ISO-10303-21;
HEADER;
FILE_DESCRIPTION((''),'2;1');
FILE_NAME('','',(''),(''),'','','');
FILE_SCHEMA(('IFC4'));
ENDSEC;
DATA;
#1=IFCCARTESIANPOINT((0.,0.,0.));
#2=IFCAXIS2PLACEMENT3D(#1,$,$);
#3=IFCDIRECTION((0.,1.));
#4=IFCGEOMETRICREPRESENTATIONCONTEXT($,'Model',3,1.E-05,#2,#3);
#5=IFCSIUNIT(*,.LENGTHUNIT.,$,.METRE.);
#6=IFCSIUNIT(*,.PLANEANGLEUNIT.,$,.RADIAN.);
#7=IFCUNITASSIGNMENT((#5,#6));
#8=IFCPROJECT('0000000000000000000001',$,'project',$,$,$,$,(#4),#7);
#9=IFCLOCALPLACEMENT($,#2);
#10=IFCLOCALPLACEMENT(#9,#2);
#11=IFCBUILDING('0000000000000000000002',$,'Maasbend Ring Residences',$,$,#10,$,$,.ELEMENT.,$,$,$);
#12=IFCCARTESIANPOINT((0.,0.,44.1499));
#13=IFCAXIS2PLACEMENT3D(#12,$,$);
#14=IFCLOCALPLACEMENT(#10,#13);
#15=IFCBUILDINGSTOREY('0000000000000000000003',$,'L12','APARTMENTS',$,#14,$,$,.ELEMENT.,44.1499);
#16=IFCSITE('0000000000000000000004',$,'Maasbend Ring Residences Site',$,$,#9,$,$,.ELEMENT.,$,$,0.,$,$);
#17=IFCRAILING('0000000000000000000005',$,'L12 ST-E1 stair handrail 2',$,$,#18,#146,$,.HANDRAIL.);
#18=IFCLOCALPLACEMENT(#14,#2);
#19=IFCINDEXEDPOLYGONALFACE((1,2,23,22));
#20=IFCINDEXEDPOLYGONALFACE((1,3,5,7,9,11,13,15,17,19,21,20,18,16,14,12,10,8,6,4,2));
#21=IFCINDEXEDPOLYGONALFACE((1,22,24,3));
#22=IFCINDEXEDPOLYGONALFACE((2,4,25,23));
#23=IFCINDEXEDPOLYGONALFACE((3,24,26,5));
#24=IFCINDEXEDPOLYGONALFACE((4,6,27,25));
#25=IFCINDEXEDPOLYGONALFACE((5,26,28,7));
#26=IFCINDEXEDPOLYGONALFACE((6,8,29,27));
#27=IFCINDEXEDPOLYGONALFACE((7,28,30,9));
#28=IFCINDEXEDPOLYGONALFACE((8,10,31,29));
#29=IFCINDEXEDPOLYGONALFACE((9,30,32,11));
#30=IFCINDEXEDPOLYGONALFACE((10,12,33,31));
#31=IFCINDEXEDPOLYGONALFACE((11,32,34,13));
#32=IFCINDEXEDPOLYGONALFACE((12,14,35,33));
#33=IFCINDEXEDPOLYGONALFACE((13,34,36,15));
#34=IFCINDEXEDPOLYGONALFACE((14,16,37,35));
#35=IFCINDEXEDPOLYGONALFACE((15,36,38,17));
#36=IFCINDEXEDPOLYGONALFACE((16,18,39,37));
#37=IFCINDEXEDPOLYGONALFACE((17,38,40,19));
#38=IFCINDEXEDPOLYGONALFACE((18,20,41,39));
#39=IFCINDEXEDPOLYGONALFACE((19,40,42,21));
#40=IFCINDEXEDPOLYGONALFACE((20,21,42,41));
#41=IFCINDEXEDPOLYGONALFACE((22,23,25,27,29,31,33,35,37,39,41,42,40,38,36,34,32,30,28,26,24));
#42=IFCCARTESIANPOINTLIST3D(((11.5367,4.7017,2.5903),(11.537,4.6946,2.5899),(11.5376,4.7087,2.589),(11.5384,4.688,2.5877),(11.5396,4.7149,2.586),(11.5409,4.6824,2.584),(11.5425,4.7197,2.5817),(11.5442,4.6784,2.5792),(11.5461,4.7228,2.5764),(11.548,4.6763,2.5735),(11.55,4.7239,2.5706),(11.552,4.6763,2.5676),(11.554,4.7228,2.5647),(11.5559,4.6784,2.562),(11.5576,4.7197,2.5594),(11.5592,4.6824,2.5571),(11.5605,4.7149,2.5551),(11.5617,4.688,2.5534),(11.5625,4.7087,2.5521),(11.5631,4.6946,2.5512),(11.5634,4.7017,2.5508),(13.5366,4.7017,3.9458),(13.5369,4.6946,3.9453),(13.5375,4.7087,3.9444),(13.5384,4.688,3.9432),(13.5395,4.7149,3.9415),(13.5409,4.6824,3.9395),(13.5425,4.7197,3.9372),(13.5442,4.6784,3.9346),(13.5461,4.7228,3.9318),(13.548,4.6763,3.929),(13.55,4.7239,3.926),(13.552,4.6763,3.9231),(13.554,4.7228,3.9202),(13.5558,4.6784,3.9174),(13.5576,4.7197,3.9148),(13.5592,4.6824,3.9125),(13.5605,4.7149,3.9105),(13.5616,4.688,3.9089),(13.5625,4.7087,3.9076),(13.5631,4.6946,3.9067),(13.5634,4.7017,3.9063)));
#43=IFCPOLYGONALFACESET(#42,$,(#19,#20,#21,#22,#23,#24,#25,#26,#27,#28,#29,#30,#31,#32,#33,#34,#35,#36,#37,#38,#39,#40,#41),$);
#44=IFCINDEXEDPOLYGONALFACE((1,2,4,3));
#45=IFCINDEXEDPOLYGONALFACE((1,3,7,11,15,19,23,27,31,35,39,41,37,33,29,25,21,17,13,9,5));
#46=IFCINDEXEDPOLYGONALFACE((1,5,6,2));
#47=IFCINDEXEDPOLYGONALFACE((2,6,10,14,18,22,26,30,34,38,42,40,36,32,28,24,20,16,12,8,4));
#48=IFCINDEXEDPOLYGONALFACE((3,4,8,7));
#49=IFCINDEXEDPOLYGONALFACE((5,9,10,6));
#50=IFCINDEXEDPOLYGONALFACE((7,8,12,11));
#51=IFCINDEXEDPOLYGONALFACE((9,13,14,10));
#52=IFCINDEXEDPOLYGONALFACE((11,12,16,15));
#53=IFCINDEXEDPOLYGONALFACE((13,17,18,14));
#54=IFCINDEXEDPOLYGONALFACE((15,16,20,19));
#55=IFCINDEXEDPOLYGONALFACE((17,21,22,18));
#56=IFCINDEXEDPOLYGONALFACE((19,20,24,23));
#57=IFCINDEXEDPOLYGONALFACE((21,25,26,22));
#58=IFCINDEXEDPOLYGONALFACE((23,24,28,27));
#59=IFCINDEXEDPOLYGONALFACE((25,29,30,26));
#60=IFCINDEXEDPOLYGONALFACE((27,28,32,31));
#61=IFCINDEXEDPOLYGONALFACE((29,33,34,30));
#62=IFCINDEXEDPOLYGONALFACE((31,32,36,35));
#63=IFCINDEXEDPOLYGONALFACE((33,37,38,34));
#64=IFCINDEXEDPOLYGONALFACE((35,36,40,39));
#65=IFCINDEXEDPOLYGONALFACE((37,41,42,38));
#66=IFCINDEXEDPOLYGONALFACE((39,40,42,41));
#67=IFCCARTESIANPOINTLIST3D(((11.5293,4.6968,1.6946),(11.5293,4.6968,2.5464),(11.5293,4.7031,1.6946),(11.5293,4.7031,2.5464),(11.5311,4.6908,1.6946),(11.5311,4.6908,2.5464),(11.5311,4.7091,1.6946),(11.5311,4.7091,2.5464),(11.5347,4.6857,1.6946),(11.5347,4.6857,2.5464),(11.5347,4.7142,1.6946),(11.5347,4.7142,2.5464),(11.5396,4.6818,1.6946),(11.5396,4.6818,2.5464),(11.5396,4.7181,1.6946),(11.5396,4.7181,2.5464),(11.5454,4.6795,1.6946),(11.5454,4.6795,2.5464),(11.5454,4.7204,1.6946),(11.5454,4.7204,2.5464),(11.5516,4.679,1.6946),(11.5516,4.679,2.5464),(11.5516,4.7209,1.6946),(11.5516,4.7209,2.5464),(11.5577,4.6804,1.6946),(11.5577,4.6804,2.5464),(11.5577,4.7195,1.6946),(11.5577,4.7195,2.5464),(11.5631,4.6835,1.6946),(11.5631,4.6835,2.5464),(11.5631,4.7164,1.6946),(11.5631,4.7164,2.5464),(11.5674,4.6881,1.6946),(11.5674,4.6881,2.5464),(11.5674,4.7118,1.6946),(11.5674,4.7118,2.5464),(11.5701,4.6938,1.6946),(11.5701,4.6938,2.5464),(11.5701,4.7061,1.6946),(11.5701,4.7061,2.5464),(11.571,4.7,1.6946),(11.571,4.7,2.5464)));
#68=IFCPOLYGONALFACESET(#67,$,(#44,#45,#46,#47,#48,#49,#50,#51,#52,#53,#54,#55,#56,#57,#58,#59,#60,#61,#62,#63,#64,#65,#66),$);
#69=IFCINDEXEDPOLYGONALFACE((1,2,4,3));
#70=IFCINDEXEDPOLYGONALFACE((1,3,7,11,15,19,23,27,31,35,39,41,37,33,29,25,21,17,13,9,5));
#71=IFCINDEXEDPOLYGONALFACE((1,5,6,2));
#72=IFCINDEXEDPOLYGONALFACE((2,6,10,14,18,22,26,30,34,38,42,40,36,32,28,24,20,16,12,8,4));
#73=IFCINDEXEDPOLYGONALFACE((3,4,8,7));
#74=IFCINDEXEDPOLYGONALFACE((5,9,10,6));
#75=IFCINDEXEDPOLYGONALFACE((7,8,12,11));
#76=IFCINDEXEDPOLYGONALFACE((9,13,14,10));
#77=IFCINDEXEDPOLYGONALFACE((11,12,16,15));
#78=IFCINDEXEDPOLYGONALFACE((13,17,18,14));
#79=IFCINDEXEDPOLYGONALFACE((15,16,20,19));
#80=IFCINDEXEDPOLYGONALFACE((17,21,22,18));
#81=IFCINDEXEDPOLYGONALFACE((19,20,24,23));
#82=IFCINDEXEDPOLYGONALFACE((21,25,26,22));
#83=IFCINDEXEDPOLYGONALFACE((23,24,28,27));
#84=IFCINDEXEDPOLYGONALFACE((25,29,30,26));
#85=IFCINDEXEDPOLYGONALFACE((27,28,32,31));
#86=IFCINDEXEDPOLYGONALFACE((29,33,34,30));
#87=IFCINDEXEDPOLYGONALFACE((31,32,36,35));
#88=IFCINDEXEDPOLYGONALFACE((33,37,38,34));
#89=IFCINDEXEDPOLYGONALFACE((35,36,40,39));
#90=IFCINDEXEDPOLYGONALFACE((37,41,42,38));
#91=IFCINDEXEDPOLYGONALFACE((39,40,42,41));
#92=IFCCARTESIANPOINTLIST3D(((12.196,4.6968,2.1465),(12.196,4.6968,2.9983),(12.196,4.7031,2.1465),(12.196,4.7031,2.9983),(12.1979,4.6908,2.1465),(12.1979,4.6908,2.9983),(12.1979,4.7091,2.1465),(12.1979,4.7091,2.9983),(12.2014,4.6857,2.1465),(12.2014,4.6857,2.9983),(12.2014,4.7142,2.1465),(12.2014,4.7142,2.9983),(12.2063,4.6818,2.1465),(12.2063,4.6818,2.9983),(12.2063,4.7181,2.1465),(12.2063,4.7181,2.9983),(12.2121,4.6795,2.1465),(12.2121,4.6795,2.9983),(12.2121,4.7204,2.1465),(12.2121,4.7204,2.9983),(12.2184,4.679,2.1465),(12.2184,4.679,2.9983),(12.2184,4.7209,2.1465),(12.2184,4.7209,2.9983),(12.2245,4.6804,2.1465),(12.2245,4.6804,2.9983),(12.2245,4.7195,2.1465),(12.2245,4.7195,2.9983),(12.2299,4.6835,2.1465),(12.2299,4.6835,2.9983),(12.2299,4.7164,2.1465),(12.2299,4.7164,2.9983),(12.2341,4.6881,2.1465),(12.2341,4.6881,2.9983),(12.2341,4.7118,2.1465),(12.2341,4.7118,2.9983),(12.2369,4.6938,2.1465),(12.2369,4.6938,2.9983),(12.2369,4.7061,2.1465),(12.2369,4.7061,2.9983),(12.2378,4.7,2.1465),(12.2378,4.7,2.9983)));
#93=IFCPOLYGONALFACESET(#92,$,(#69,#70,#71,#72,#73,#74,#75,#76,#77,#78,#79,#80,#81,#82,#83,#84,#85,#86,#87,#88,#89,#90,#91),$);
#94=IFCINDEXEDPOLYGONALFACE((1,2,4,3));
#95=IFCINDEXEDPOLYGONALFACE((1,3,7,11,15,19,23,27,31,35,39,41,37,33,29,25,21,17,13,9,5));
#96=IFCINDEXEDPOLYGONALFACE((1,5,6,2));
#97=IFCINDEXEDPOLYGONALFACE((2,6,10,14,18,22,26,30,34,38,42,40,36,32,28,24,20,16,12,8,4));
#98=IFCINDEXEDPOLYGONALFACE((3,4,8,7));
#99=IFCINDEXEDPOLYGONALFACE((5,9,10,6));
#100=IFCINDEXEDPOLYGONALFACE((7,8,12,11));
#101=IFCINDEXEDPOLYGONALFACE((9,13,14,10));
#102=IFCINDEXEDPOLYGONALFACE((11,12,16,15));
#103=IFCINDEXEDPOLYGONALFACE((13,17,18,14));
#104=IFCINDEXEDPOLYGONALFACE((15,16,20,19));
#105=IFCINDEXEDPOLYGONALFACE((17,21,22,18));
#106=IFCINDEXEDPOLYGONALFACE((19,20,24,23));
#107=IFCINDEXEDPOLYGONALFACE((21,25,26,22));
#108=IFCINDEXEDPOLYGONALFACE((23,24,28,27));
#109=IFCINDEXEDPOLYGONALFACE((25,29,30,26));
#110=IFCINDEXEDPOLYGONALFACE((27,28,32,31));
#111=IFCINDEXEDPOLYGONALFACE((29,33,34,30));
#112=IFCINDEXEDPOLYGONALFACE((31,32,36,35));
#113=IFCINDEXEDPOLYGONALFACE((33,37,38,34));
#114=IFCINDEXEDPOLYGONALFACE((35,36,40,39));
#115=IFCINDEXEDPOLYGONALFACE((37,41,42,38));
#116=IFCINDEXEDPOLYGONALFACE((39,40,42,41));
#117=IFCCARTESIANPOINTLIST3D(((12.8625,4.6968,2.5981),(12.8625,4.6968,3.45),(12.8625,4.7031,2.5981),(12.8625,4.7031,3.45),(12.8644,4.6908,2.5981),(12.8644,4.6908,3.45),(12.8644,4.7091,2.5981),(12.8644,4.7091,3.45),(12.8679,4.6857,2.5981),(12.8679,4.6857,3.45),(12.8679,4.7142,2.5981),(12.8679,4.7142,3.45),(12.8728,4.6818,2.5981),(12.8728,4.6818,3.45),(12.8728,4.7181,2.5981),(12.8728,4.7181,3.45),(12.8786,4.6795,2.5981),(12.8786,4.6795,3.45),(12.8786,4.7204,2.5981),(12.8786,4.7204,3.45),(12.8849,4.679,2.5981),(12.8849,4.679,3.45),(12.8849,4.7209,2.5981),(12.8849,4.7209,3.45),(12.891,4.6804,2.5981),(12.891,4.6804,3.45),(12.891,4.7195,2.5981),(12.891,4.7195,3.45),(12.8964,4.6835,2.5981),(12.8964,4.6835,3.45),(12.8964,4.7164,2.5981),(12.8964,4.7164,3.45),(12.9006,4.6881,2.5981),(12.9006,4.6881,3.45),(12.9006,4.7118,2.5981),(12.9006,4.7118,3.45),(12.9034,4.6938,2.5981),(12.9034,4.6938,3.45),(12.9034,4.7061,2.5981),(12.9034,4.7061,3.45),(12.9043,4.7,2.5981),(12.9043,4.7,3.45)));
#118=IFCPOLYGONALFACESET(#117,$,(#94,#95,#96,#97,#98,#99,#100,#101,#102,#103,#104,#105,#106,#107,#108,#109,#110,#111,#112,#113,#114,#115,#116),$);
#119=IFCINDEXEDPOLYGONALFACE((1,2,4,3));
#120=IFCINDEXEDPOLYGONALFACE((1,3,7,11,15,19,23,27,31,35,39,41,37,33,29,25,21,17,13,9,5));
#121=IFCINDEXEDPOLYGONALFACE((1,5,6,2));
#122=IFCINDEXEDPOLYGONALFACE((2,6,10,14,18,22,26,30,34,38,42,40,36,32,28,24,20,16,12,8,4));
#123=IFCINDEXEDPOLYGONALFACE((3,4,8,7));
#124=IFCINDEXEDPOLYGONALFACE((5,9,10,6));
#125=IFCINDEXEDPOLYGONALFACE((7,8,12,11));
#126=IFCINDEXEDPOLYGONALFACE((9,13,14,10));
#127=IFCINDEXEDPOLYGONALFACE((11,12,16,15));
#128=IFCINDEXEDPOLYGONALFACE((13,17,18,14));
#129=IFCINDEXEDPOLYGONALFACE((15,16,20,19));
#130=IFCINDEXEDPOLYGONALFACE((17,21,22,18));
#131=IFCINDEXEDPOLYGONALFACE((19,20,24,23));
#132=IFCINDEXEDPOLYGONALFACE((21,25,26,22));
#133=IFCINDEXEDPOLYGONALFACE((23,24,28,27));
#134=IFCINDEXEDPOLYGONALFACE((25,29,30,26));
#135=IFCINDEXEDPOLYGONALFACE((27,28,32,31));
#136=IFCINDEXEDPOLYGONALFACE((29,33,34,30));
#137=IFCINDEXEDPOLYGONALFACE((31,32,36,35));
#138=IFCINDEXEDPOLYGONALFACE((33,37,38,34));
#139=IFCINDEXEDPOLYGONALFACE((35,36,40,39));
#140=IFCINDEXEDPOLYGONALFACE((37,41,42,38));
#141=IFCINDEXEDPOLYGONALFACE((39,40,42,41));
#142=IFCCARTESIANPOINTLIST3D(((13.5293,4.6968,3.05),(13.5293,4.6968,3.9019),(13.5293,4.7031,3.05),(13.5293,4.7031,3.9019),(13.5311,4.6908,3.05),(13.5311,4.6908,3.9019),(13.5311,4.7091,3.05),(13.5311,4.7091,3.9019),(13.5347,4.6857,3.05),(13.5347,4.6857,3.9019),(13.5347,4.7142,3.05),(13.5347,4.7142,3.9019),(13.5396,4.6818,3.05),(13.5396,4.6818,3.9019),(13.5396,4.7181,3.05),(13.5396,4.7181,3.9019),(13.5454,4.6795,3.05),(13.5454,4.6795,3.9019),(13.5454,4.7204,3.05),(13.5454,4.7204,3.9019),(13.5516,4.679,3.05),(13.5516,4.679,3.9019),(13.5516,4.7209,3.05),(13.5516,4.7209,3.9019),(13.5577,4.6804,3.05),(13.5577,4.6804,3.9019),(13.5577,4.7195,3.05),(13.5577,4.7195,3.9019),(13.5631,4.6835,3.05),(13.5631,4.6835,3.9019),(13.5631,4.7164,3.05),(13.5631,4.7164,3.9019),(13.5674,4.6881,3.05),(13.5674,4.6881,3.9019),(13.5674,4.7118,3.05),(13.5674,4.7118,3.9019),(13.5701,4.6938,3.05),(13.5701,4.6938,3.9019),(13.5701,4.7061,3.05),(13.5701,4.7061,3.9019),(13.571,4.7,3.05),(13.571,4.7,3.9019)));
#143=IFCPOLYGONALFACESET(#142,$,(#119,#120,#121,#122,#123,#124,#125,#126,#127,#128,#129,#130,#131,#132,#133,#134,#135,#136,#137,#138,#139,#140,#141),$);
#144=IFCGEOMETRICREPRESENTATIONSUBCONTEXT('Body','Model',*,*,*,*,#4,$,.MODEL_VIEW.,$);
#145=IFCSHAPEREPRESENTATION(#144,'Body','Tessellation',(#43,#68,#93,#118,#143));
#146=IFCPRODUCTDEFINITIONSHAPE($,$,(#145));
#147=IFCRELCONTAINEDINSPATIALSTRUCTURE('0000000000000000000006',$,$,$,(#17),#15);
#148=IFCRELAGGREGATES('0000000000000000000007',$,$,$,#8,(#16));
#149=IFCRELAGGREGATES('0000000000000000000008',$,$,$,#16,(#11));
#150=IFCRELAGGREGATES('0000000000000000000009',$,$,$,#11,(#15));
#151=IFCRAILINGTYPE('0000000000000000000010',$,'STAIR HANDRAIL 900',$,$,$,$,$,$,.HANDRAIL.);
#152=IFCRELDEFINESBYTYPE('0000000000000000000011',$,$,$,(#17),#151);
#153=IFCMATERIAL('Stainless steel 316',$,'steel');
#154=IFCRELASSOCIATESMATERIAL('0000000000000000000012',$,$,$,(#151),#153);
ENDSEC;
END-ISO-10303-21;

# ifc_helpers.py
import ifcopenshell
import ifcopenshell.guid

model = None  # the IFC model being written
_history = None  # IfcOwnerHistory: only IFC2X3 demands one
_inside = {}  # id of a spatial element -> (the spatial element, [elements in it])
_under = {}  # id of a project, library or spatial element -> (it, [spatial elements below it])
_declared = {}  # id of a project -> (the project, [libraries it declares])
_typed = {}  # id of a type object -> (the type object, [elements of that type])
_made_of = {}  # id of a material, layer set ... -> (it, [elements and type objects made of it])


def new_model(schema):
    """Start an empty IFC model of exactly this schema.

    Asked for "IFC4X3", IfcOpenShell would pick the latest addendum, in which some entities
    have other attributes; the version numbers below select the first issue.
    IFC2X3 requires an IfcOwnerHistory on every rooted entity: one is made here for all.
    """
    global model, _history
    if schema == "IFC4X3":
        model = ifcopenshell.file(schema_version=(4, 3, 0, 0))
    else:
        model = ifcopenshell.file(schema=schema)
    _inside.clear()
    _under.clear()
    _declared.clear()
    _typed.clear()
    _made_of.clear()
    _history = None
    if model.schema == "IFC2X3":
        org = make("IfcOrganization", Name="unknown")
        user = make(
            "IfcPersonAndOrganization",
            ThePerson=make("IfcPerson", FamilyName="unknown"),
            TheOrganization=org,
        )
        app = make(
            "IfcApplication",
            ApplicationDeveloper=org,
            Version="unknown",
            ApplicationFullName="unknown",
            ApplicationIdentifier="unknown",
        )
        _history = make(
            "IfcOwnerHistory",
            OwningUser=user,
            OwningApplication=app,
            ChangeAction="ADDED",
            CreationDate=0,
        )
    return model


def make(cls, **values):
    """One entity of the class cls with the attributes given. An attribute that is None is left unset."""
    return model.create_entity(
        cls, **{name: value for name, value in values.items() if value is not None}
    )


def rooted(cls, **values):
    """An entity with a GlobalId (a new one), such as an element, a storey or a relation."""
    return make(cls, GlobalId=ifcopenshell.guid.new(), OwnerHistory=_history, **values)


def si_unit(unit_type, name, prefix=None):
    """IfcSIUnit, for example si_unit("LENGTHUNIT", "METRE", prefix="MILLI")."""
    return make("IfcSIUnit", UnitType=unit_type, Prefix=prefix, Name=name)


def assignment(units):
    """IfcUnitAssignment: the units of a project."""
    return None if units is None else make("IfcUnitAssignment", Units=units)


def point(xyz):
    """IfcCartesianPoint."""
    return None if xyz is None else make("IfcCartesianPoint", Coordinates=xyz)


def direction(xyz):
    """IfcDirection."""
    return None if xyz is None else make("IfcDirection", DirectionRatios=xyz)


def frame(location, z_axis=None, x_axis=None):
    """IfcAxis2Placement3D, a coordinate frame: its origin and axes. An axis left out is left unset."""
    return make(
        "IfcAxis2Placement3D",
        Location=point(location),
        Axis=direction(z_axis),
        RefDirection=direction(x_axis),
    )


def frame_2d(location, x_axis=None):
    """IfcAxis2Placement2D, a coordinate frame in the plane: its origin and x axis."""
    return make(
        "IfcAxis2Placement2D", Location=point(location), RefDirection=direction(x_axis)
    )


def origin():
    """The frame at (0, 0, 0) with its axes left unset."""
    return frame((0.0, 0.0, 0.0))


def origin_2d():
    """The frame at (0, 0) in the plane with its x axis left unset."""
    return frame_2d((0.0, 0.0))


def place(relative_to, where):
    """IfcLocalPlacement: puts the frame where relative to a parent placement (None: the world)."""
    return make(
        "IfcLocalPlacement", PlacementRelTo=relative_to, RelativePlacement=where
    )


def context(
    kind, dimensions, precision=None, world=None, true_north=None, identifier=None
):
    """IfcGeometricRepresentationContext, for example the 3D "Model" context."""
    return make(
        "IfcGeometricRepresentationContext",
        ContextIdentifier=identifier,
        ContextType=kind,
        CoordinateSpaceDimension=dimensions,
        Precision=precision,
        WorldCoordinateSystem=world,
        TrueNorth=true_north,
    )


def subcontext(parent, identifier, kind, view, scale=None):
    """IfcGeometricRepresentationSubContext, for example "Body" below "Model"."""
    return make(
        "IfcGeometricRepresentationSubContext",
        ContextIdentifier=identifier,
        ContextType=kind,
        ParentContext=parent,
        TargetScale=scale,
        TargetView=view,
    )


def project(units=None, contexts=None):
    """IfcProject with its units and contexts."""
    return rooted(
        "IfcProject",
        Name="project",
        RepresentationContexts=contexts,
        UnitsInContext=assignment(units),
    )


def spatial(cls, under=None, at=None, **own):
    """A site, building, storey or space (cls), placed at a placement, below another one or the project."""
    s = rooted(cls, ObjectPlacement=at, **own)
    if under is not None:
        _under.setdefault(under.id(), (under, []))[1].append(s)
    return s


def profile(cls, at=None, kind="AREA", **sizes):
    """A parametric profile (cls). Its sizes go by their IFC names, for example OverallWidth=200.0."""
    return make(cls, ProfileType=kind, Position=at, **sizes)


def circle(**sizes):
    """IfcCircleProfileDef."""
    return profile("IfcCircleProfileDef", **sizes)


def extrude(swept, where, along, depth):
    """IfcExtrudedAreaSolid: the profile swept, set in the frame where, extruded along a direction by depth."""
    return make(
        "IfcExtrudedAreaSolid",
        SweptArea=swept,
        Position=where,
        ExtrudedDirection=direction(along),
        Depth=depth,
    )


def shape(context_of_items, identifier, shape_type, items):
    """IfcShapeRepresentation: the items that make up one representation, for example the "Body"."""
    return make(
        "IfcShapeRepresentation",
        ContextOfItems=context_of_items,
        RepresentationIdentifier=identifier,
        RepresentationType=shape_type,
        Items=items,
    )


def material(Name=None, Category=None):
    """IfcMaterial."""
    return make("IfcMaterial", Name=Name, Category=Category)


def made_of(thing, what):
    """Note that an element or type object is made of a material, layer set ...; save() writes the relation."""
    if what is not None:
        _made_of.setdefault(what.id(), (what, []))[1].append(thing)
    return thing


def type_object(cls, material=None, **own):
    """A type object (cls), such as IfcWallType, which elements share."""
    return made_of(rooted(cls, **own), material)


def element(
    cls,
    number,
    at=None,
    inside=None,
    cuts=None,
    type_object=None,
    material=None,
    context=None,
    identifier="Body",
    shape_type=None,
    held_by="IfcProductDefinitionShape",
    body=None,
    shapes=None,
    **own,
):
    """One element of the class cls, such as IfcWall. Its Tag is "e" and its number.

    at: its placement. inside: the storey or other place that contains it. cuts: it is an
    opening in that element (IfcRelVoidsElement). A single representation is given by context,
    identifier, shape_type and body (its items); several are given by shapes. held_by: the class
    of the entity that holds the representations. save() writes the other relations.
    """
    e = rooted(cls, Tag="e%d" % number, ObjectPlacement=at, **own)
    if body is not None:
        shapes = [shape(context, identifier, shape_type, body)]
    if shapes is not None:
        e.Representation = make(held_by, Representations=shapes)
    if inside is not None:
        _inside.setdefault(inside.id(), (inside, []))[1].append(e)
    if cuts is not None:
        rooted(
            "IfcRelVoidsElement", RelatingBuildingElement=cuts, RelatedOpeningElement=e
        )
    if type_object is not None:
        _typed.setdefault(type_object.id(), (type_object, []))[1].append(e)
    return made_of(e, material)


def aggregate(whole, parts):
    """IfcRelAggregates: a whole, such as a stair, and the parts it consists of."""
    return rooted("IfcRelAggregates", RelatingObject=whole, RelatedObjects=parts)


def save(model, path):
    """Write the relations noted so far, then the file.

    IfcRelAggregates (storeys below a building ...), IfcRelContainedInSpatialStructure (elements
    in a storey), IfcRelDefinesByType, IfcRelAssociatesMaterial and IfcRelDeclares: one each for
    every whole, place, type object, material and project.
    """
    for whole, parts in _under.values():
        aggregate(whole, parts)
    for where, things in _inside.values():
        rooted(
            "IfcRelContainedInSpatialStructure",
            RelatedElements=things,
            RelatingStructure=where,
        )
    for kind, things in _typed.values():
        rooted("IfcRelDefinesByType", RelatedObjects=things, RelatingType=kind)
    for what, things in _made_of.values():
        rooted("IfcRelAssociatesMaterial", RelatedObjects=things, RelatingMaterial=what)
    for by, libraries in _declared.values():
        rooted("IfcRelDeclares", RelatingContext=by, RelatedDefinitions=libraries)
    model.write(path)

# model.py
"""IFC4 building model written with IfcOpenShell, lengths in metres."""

from ifc_helpers import new_model, si_unit, direction, frame, origin, origin_2d, place, context, subcontext, project, spatial, circle, extrude, material, type_object, element, save


model = new_model("IFC4")

# Units and contexts
model_context = context("Model", 3, precision=1e-05, world=origin(), true_north=direction((0.0, 1.0)))
body_context = subcontext(model_context, "Body", "Model", "MODEL_VIEW")
ifc_project = project(units=[si_unit("LENGTHUNIT", "METRE"), si_unit("PLANEANGLEUNIT", "RADIAN")], contexts=[model_context])

# Site, building, storey
site_placement = place(None, origin())
site = spatial("IfcSite", under=ifc_project, at=site_placement, Name="Maasbend Ring Residences Site", CompositionType="ELEMENT", RefElevation=0.0)
building_placement = place(site_placement, origin())
building = spatial("IfcBuilding", under=site, at=building_placement, Name="Maasbend Ring Residences", CompositionType="ELEMENT")
storey_placement = place(building_placement, frame((0.0, 0.0, 44.1499)))
storey = spatial("IfcBuildingStorey", under=building, at=storey_placement, Name="L12", Description="APARTMENTS", CompositionType="ELEMENT", Elevation=44.1499)

# Railing
ifc_material_1 = material(Name="Stainless steel 316", Category="steel")
railing_type_1 = type_object("IfcRailingType", Name="STAIR HANDRAIL 900", PredefinedType="HANDRAIL", material=ifc_material_1)
railing_1_placement = place(storey_placement, frame((11.55, 4.7, 1.6946)))
element("IfcRailing", 1, at=railing_1_placement, inside=storey, type_object=railing_type_1, Name="L12 ST-E1 stair handrail 2", PredefinedType="HANDRAIL", context=body_context, shape_type="SweptSolid", body=[
    extrude(circle(Radius=0.0239, at=origin_2d()), frame((0.0, 0.0, 0.876), z_axis=(0.827798, 0.0, 0.561027), x_axis=(0.0, 1.0, 0.0)), (0.0, 0.0, 1.0), 2.416),
    extrude(circle(Radius=0.021, at=origin_2d()), origin(), (0.0, 0.0, 1.0), 0.8518),
    extrude(circle(Radius=0.021, at=origin_2d()), frame((0.6667, 0.0, 0.4519)), (0.0, 0.0, 1.0), 0.8518),
    extrude(circle(Radius=0.021, at=origin_2d()), frame((1.3333, 0.0, 0.9036)), (0.0, 0.0, 1.0), 0.8518),
    extrude(circle(Radius=0.021, at=origin_2d()), frame((2.0, 0.0, 1.3555)), (0.0, 0.0, 1.0), 0.8518),
])

save(model, "model.ifc")
